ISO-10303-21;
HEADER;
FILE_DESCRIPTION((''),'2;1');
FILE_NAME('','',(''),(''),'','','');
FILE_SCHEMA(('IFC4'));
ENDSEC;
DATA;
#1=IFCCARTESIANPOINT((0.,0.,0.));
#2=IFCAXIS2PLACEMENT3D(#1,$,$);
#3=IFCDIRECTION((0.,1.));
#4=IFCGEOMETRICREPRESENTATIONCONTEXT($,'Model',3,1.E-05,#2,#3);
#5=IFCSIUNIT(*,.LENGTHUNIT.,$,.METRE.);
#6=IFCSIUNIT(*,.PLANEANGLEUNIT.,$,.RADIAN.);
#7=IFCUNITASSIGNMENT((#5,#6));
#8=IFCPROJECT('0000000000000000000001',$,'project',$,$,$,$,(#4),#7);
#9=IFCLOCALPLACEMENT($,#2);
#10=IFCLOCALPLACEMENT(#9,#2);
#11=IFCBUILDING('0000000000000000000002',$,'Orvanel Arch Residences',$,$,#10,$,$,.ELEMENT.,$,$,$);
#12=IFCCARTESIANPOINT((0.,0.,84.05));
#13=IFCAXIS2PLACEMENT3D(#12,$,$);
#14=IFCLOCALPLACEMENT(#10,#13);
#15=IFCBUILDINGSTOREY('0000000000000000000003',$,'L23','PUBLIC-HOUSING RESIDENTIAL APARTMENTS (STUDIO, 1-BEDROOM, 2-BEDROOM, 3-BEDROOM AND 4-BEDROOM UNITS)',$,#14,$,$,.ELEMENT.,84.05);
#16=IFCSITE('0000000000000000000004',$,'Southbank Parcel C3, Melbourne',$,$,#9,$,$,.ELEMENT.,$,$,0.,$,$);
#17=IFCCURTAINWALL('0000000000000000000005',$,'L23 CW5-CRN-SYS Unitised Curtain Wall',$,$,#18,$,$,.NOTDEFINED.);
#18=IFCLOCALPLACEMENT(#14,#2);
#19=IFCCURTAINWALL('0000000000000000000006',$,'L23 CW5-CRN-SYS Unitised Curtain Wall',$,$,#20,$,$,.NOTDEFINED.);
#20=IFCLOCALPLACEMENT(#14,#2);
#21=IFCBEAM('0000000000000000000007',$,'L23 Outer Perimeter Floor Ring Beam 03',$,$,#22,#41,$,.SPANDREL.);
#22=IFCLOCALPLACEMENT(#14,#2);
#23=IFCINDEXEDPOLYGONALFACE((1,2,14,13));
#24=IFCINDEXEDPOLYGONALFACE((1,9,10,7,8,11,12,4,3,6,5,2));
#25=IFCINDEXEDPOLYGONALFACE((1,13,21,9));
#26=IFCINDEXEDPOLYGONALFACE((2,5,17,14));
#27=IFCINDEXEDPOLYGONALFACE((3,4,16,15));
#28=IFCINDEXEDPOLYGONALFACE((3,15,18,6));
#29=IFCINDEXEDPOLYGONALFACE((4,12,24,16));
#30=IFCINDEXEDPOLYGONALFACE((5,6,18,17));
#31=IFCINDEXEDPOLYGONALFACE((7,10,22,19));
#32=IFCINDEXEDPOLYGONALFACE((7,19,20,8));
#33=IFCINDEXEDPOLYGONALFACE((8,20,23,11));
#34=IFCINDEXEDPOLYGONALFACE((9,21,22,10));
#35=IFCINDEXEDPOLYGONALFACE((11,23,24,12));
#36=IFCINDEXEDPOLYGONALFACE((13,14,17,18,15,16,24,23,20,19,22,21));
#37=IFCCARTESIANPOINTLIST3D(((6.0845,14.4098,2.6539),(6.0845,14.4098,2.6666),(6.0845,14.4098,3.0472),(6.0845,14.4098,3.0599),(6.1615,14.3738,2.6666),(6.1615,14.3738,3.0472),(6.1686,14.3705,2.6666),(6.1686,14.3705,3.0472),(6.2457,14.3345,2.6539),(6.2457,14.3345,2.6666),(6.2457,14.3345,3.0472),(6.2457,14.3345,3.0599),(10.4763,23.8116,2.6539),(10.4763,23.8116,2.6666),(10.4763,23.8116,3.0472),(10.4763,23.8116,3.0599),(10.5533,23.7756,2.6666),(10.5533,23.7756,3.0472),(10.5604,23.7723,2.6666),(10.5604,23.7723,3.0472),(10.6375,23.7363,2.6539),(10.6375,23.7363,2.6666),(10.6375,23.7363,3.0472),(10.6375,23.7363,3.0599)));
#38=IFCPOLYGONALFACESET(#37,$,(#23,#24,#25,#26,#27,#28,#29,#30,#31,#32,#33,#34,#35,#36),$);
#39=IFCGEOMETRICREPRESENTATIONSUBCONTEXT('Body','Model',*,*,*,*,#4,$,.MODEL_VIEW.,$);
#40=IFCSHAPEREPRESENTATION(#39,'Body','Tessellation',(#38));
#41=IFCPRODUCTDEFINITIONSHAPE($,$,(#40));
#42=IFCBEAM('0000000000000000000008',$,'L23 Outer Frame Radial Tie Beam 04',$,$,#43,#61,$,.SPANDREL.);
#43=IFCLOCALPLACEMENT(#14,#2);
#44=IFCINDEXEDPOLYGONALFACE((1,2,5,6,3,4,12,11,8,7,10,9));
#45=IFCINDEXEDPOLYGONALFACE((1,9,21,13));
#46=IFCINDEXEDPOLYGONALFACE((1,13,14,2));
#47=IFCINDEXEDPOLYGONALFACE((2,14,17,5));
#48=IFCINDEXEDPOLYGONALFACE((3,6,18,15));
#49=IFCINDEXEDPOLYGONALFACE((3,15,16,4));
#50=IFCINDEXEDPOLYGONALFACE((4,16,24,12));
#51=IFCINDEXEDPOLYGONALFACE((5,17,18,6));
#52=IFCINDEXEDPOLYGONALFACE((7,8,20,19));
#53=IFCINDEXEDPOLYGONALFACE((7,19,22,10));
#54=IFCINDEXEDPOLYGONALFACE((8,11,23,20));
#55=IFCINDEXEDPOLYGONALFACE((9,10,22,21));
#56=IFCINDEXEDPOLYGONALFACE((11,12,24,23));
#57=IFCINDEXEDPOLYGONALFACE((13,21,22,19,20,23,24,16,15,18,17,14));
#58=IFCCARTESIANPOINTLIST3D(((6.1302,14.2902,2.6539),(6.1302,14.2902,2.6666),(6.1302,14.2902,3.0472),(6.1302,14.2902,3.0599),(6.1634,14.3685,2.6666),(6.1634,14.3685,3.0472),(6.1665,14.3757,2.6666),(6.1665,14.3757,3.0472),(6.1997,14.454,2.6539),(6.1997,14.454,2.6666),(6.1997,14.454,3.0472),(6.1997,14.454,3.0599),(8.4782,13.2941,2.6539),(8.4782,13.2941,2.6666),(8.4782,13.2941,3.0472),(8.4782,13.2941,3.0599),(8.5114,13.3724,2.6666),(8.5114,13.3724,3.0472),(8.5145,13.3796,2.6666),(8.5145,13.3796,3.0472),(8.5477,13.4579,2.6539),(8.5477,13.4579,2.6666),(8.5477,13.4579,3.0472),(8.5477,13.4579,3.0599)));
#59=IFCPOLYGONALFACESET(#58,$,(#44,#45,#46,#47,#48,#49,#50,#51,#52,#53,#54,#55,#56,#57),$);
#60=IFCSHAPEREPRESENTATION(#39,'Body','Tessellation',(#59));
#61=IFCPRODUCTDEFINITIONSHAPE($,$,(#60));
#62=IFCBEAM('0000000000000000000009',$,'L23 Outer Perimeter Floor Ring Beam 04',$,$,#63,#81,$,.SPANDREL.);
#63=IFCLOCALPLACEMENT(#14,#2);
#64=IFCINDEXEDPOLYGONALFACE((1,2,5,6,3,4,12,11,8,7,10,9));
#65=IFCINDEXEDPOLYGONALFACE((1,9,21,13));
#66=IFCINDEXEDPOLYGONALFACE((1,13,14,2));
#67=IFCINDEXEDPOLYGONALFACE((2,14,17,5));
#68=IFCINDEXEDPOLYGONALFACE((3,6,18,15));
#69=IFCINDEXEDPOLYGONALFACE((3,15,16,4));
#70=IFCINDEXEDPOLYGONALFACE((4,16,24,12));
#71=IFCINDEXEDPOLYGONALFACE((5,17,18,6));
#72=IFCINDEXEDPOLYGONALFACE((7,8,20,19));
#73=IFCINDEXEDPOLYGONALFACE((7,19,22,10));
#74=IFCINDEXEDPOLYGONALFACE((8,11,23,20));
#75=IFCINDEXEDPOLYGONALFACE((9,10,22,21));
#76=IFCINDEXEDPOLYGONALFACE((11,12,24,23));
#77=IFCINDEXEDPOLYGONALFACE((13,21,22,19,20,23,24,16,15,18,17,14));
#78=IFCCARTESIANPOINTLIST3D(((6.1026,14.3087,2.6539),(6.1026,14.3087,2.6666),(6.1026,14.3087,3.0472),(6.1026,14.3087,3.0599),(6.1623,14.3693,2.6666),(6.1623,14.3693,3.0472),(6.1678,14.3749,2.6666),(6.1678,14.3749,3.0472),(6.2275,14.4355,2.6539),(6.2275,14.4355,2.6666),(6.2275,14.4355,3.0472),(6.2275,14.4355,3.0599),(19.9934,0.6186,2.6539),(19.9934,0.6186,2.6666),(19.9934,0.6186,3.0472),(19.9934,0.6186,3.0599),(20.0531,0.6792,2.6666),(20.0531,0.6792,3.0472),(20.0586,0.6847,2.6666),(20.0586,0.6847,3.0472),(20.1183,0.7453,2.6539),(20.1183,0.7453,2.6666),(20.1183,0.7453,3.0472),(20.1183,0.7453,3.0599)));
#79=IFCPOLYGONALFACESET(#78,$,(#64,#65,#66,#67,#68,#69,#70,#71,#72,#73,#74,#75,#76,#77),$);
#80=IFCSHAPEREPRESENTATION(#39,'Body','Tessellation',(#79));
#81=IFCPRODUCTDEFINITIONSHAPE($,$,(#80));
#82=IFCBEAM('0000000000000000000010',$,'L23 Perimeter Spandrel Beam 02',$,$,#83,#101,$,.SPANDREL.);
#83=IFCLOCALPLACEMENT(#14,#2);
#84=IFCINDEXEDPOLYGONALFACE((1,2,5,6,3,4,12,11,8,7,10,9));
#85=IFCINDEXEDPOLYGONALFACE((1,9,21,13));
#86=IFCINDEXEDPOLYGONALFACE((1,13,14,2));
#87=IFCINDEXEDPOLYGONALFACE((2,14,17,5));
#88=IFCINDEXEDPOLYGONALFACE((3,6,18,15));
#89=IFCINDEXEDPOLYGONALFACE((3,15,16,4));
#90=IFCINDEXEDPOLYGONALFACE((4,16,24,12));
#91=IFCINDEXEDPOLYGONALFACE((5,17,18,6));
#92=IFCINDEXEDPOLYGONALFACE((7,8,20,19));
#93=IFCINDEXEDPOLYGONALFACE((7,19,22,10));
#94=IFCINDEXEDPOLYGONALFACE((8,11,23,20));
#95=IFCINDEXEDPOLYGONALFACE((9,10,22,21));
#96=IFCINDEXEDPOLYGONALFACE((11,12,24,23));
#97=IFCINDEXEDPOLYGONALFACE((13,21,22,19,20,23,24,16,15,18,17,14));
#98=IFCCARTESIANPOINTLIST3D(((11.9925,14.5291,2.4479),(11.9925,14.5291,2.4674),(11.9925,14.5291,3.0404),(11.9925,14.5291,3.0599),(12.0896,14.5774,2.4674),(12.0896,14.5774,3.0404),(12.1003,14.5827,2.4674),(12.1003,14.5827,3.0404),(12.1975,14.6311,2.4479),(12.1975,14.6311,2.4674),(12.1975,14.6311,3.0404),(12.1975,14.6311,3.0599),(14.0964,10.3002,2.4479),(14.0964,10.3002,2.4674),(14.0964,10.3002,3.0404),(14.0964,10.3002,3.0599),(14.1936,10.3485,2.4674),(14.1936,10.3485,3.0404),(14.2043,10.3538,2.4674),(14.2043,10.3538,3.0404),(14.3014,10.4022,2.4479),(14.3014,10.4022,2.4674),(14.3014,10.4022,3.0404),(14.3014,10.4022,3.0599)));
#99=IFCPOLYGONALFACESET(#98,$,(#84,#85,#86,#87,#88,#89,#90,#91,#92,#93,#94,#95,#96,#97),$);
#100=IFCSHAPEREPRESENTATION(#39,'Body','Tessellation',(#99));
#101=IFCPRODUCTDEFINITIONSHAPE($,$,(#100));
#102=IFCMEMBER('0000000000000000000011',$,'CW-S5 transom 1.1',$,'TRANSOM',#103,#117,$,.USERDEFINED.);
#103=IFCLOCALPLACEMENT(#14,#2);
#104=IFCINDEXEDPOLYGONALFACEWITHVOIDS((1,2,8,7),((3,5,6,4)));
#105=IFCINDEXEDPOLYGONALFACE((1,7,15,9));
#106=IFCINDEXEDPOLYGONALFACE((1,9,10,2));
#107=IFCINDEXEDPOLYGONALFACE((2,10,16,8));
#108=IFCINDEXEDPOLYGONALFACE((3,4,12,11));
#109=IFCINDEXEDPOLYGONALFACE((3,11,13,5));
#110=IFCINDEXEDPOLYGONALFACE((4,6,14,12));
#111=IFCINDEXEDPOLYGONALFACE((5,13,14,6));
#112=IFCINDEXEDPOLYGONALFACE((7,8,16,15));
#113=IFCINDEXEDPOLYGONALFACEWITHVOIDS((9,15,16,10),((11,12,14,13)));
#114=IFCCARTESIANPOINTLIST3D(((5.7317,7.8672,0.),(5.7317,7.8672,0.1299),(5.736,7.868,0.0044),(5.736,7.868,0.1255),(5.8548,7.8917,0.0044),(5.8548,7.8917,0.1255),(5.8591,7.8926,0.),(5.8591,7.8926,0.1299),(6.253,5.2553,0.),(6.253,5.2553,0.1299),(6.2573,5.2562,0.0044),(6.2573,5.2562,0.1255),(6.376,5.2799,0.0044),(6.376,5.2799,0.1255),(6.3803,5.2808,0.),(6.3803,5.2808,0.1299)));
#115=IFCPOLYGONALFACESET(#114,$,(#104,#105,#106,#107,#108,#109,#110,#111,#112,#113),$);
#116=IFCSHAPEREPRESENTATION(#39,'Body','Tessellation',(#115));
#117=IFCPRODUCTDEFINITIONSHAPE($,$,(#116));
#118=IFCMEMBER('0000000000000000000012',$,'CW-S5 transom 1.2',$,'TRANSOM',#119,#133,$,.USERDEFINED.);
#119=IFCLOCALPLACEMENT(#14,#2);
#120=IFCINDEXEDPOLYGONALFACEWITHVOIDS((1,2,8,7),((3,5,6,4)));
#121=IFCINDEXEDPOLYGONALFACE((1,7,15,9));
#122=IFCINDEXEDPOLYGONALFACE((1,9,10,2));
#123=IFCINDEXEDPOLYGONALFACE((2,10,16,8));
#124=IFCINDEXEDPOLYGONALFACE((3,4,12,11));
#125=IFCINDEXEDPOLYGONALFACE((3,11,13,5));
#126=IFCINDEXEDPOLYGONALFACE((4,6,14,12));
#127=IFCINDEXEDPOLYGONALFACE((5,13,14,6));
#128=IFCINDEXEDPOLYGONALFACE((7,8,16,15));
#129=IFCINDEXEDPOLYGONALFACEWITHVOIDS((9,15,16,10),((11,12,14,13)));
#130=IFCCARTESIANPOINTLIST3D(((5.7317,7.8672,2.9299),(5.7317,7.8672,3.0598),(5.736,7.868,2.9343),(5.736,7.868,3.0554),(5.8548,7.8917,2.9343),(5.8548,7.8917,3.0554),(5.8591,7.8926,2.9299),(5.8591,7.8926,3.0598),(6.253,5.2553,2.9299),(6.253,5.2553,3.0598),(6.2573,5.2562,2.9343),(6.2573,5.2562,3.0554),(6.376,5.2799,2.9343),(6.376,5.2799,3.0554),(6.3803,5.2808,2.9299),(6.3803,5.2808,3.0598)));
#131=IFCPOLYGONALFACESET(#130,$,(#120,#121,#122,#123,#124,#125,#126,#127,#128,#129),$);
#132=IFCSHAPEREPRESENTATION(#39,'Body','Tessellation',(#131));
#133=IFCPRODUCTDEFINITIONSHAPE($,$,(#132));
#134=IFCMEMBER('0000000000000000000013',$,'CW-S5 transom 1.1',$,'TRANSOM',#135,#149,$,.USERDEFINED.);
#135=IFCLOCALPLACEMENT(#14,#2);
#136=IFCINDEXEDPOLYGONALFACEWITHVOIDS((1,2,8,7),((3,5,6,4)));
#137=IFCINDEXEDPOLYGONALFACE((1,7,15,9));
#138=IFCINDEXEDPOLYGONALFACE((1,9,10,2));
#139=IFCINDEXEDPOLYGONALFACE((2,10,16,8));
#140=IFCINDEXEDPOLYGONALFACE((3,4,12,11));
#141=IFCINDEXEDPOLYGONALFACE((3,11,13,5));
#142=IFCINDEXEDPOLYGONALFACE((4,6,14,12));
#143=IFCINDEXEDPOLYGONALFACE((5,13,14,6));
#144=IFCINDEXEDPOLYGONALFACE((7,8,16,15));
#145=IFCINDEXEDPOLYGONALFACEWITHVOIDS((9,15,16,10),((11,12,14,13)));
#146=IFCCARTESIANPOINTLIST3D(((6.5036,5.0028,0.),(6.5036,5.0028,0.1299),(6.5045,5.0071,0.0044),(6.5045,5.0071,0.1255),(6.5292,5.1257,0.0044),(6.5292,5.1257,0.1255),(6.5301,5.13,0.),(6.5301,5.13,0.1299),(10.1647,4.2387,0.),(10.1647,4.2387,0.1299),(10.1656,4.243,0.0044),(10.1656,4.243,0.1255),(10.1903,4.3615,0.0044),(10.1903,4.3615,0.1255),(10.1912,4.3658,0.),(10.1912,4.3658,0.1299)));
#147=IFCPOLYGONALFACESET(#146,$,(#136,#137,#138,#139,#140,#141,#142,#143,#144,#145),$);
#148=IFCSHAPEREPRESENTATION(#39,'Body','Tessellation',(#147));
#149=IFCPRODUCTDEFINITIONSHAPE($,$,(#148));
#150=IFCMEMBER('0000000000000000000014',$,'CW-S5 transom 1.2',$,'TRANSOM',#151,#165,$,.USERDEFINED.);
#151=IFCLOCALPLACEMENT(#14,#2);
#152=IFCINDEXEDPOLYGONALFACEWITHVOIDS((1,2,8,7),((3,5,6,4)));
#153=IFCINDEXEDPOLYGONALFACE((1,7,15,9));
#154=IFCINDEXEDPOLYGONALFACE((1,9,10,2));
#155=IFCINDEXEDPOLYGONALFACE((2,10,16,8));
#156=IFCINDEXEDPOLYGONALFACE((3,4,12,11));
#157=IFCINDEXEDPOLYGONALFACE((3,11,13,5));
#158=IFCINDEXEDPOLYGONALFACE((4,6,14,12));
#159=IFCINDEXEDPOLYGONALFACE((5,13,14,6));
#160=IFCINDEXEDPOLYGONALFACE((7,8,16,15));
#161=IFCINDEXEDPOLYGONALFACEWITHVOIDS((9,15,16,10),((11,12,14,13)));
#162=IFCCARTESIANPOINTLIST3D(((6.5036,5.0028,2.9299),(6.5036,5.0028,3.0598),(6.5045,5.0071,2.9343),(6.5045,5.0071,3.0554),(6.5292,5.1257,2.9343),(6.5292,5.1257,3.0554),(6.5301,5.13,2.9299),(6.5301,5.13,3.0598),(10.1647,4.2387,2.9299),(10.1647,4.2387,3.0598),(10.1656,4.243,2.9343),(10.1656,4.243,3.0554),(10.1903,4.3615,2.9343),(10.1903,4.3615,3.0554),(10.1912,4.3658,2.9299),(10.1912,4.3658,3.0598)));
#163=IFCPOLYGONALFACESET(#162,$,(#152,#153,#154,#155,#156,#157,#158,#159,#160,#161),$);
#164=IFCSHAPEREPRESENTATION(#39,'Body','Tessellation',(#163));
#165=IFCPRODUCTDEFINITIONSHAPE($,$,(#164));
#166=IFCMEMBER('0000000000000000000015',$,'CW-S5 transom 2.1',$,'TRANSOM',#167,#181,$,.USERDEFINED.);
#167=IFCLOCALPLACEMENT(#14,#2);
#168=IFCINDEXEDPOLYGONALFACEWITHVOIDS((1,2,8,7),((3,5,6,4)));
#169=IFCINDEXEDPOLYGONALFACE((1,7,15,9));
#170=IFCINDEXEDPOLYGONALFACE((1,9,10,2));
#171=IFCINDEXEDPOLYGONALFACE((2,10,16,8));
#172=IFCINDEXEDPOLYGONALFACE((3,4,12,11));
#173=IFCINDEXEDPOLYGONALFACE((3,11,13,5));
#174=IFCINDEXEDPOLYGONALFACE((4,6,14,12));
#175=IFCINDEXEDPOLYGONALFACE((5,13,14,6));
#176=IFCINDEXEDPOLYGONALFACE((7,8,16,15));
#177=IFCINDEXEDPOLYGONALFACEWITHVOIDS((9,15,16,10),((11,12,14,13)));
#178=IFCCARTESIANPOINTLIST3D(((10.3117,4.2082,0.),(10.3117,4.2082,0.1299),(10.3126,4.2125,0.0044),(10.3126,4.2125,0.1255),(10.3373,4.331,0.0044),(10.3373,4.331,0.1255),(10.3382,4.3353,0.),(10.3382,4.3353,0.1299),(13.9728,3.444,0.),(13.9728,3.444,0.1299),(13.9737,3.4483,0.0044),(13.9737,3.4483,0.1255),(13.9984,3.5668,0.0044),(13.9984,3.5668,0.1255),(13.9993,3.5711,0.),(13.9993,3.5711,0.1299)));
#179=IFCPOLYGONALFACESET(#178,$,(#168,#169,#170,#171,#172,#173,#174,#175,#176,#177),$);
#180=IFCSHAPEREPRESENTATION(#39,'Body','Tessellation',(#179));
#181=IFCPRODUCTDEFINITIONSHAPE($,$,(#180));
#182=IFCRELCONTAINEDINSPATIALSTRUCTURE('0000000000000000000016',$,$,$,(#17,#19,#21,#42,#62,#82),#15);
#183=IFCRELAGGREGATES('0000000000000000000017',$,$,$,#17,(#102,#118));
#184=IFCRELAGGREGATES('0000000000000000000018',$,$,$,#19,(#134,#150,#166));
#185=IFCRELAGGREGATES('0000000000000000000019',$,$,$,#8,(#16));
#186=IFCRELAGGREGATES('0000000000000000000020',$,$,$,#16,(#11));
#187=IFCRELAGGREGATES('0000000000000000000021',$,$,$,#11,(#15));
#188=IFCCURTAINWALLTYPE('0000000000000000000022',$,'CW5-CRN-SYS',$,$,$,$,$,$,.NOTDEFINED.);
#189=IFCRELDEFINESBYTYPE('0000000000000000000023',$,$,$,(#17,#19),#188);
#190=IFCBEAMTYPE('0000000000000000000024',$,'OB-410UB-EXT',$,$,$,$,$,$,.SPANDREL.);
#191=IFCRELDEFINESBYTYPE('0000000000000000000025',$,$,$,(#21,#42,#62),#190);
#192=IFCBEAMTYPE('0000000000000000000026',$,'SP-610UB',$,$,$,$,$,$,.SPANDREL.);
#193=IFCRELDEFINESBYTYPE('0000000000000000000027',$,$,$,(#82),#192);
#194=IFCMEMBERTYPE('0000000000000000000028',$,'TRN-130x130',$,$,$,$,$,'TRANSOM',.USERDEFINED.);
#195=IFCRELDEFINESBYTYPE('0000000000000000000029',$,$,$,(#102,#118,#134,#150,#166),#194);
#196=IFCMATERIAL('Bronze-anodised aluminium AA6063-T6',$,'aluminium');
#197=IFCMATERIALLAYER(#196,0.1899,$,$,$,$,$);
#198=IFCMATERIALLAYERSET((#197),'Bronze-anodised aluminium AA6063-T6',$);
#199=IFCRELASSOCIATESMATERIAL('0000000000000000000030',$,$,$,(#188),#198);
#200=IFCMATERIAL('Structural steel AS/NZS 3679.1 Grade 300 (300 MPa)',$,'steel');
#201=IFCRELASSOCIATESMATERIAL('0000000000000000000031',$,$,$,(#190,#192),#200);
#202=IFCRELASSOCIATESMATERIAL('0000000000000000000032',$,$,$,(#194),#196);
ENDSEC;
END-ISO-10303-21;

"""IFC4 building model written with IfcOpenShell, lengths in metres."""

from ifc_helpers import new_model, si_unit, direction, frame, origin, origin_2d, place, context, subcontext, project, spatial, hollow_rectangle, i_section, extrude, material, layer, layer_set, material_profile, profile_set, type_object, element, aggregate, save


model = new_model("IFC4")

# Units and contexts
model_context = context("Model", 3, precision=1e-05, world=origin(), true_north=direction((0.0, 1.0)))
body_context = subcontext(model_context, "Body", "Model", "MODEL_VIEW")
ifc_project = project(units=[si_unit("LENGTHUNIT", "METRE"), si_unit("PLANEANGLEUNIT", "RADIAN")], contexts=[model_context])

# Site, building, storey
site_placement = place(None, origin())
site = spatial("IfcSite", under=ifc_project, at=site_placement, Name="Southbank Parcel C3, Melbourne", CompositionType="ELEMENT", RefElevation=0.0)
building_placement = place(site_placement, origin())
building = spatial("IfcBuilding", under=site, at=building_placement, Name="Orvanel Arch Residences", CompositionType="ELEMENT")
storey_placement = place(building_placement, frame((0.0, 0.0, 84.05)))
storey = spatial("IfcBuildingStorey", under=building, at=storey_placement, Name="L23", Description="PUBLIC-HOUSING RESIDENTIAL APARTMENTS (STUDIO, 1-BEDROOM, 2-BEDROOM, 3-BEDROOM AND 4-BEDROOM UNITS)", CompositionType="ELEMENT", Elevation=84.05)

# Curtain walls
ifc_material_1 = material(Name="Bronze-anodised aluminium AA6063-T6", Category="aluminium")
ifc_layer_1 = layer(ifc_material_1, 0.1899)
ifc_layer_set_1 = layer_set([ifc_layer_1], Name="Bronze-anodised aluminium AA6063-T6")
curtain_wall_type_1 = type_object("IfcCurtainWallType", Name="CW5-CRN-SYS", PredefinedType="NOTDEFINED", material=ifc_layer_set_1)
curtain_wall_1_placement = place(storey_placement, origin())
curtain_wall_1 = element("IfcCurtainWall", 1, at=curtain_wall_1_placement, inside=storey, type_object=curtain_wall_type_1, Name="L23 CW5-CRN-SYS Unitised Curtain Wall", PredefinedType="NOTDEFINED")
curtain_wall_2_placement = place(storey_placement, origin())
curtain_wall_2 = element("IfcCurtainWall", 2, at=curtain_wall_2_placement, inside=storey, type_object=curtain_wall_type_1, Name="L23 CW5-CRN-SYS Unitised Curtain Wall", PredefinedType="NOTDEFINED")

# Beams
ifc_material_2 = material(Name="Structural steel AS/NZS 3679.1 Grade 300 (300 MPa)", Category="steel")
ifc_material_profile_1 = material_profile(ifc_material_2, i_section(OverallWidth=0.178, OverallDepth=0.406, WebThickness=0.0078, FlangeThickness=0.0127, at=origin_2d()), Name="410UB59.7")
ifc_profile_set_1 = profile_set([ifc_material_profile_1], Name="Structural steel AS/NZS 3679.1 Grade 300 (300 MPa)")
beam_type_1 = type_object("IfcBeamType", Name="OB-410UB-EXT", PredefinedType="SPANDREL", material=ifc_profile_set_1)
beam_1_placement = place(storey_placement, frame((10.5569, 23.7739, 2.8569), z_axis=(-0.423227, -0.906024, 0.0), x_axis=(0.906024, -0.423227, 0.0)))
element("IfcBeam", 3, at=beam_1_placement, inside=storey, type_object=beam_type_1, Name="L23 Outer Perimeter Floor Ring Beam 03", PredefinedType="SPANDREL", context=body_context, shape_type="SweptSolid", body=[
    extrude(i_section(OverallWidth=0.178, OverallDepth=0.406, WebThickness=0.0078, FlangeThickness=0.0127, at=origin_2d()), origin(), (0.0, 0.0, 1.0), 10.377),
])
beam_2_placement = place(storey_placement, frame((8.5129, 13.376, 2.8569), z_axis=(-0.92058, 0.390555, 0.0), x_axis=(-0.390555, -0.92058, 0.0)))
element("IfcBeam", 4, at=beam_2_placement, inside=storey, type_object=beam_type_1, Name="L23 Outer Frame Radial Tie Beam 04", PredefinedType="SPANDREL", context=body_context, shape_type="SweptSolid", body=[
    extrude(i_section(OverallWidth=0.178, OverallDepth=0.406, WebThickness=0.0078, FlangeThickness=0.0127, at=origin_2d()), origin(), (0.0, 0.0, 1.0), 2.5505),
])
beam_3_placement = place(storey_placement, frame((6.165, 14.3721, 2.8569), z_axis=(0.712233, -0.701943, 0.0), x_axis=(0.701943, 0.712233, 0.0)))
element("IfcBeam", 5, at=beam_3_placement, inside=storey, type_object=beam_type_1, Name="L23 Outer Perimeter Floor Ring Beam 04", PredefinedType="SPANDREL", context=body_context, shape_type="SweptSolid", body=[
    extrude(i_section(OverallWidth=0.178, OverallDepth=0.406, WebThickness=0.0078, FlangeThickness=0.0127, at=origin_2d()), origin(), (0.0, 0.0, 1.0), 19.5032),
])
ifc_material_profile_2 = material_profile(ifc_material_2, i_section(OverallWidth=0.229, OverallDepth=0.6121, WebThickness=0.012, FlangeThickness=0.0195, at=origin_2d()), Name="610UB125")
ifc_profile_set_2 = profile_set([ifc_material_profile_2], Name="Structural steel AS/NZS 3679.1 Grade 300 (300 MPa)")
beam_type_2 = type_object("IfcBeamType", Name="SP-610UB", PredefinedType="SPANDREL", material=ifc_profile_set_2)
beam_4_placement = place(storey_placement, frame((12.095, 14.5801, 2.7539), z_axis=(0.445435, -0.895314, 0.0), x_axis=(0.895314, 0.445435, 0.0)))
element("IfcBeam", 6, at=beam_4_placement, inside=storey, type_object=beam_type_2, Name="L23 Perimeter Spandrel Beam 02", PredefinedType="SPANDREL", context=body_context, shape_type="SweptSolid", body=[
    extrude(i_section(OverallWidth=0.229, OverallDepth=0.6121, WebThickness=0.012, FlangeThickness=0.0195, at=origin_2d()), origin(), (0.0, 0.0, 1.0), 4.7234),
])

# Members
ifc_material_profile_3 = material_profile(ifc_material_1, hollow_rectangle(XDim=0.1299, YDim=0.1299, WallThickness=0.0044, at=origin_2d()), Name="ALU130x130x4.5")
ifc_profile_set_3 = profile_set([ifc_material_profile_3], Name="Bronze-anodised aluminium AA6063-T6")
member_type_1 = type_object("IfcMemberType", Name="TRN-130x130", ElementType="TRANSOM", PredefinedType="USERDEFINED", material=ifc_profile_set_3)
member_1_placement = place(storey_placement, frame((5.7954, 7.8799, 0.0649), z_axis=(0.195711, -0.980662, 0.0), x_axis=(0.980662, 0.195711, 0.0)))
member_1 = element("IfcMember", 7, at=member_1_placement, type_object=member_type_1, Name="CW-S5 transom 1.1", ObjectType="TRANSOM", PredefinedType="USERDEFINED", context=body_context, shape_type="SweptSolid", body=[
    extrude(hollow_rectangle(XDim=0.1299, YDim=0.1299, WallThickness=0.0044, at=origin_2d()), origin(), (0.0, 0.0, 1.0), 2.6633),
])
member_2_placement = place(storey_placement, frame((5.7954, 7.8799, 2.9949), z_axis=(0.195711, -0.980662, 0.0), x_axis=(0.980662, 0.195711, 0.0)))
member_2 = element("IfcMember", 8, at=member_2_placement, type_object=member_type_1, Name="CW-S5 transom 1.2", ObjectType="TRANSOM", PredefinedType="USERDEFINED", context=body_context, shape_type="SweptSolid", body=[
    extrude(hollow_rectangle(XDim=0.1299, YDim=0.1299, WallThickness=0.0044, at=origin_2d()), origin(), (0.0, 0.0, 1.0), 2.6633),
])
member_3_placement = place(storey_placement, frame((6.5168, 5.0664, 0.0649), z_axis=(0.978904, -0.204319, 0.0), x_axis=(0.204319, 0.978904, 0.0)))
member_3 = element("IfcMember", 9, at=member_3_placement, type_object=member_type_1, Name="CW-S5 transom 1.1", ObjectType="TRANSOM", PredefinedType="USERDEFINED", context=body_context, shape_type="SweptSolid", body=[
    extrude(hollow_rectangle(XDim=0.1299, YDim=0.1299, WallThickness=0.0044, at=origin_2d()), origin(), (0.0, 0.0, 1.0), 3.74),
])
member_4_placement = place(storey_placement, frame((6.5168, 5.0664, 2.9949), z_axis=(0.978904, -0.204319, 0.0), x_axis=(0.204319, 0.978904, 0.0)))
member_4 = element("IfcMember", 10, at=member_4_placement, type_object=member_type_1, Name="CW-S5 transom 1.2", ObjectType="TRANSOM", PredefinedType="USERDEFINED", context=body_context, shape_type="SweptSolid", body=[
    extrude(hollow_rectangle(XDim=0.1299, YDim=0.1299, WallThickness=0.0044, at=origin_2d()), origin(), (0.0, 0.0, 1.0), 3.74),
])
member_5_placement = place(storey_placement, frame((10.325, 4.2717, 0.0649), z_axis=(0.978904, -0.204319, 0.0), x_axis=(0.204319, 0.978904, 0.0)))
member_5 = element("IfcMember", 11, at=member_5_placement, type_object=member_type_1, Name="CW-S5 transom 2.1", ObjectType="TRANSOM", PredefinedType="USERDEFINED", context=body_context, shape_type="SweptSolid", body=[
    extrude(hollow_rectangle(XDim=0.1299, YDim=0.1299, WallThickness=0.0044, at=origin_2d()), origin(), (0.0, 0.0, 1.0), 3.74),
])

aggregate(curtain_wall_1, [member_1, member_2])
aggregate(curtain_wall_2, [member_3, member_4, member_5])

save(model, "model.ifc")
